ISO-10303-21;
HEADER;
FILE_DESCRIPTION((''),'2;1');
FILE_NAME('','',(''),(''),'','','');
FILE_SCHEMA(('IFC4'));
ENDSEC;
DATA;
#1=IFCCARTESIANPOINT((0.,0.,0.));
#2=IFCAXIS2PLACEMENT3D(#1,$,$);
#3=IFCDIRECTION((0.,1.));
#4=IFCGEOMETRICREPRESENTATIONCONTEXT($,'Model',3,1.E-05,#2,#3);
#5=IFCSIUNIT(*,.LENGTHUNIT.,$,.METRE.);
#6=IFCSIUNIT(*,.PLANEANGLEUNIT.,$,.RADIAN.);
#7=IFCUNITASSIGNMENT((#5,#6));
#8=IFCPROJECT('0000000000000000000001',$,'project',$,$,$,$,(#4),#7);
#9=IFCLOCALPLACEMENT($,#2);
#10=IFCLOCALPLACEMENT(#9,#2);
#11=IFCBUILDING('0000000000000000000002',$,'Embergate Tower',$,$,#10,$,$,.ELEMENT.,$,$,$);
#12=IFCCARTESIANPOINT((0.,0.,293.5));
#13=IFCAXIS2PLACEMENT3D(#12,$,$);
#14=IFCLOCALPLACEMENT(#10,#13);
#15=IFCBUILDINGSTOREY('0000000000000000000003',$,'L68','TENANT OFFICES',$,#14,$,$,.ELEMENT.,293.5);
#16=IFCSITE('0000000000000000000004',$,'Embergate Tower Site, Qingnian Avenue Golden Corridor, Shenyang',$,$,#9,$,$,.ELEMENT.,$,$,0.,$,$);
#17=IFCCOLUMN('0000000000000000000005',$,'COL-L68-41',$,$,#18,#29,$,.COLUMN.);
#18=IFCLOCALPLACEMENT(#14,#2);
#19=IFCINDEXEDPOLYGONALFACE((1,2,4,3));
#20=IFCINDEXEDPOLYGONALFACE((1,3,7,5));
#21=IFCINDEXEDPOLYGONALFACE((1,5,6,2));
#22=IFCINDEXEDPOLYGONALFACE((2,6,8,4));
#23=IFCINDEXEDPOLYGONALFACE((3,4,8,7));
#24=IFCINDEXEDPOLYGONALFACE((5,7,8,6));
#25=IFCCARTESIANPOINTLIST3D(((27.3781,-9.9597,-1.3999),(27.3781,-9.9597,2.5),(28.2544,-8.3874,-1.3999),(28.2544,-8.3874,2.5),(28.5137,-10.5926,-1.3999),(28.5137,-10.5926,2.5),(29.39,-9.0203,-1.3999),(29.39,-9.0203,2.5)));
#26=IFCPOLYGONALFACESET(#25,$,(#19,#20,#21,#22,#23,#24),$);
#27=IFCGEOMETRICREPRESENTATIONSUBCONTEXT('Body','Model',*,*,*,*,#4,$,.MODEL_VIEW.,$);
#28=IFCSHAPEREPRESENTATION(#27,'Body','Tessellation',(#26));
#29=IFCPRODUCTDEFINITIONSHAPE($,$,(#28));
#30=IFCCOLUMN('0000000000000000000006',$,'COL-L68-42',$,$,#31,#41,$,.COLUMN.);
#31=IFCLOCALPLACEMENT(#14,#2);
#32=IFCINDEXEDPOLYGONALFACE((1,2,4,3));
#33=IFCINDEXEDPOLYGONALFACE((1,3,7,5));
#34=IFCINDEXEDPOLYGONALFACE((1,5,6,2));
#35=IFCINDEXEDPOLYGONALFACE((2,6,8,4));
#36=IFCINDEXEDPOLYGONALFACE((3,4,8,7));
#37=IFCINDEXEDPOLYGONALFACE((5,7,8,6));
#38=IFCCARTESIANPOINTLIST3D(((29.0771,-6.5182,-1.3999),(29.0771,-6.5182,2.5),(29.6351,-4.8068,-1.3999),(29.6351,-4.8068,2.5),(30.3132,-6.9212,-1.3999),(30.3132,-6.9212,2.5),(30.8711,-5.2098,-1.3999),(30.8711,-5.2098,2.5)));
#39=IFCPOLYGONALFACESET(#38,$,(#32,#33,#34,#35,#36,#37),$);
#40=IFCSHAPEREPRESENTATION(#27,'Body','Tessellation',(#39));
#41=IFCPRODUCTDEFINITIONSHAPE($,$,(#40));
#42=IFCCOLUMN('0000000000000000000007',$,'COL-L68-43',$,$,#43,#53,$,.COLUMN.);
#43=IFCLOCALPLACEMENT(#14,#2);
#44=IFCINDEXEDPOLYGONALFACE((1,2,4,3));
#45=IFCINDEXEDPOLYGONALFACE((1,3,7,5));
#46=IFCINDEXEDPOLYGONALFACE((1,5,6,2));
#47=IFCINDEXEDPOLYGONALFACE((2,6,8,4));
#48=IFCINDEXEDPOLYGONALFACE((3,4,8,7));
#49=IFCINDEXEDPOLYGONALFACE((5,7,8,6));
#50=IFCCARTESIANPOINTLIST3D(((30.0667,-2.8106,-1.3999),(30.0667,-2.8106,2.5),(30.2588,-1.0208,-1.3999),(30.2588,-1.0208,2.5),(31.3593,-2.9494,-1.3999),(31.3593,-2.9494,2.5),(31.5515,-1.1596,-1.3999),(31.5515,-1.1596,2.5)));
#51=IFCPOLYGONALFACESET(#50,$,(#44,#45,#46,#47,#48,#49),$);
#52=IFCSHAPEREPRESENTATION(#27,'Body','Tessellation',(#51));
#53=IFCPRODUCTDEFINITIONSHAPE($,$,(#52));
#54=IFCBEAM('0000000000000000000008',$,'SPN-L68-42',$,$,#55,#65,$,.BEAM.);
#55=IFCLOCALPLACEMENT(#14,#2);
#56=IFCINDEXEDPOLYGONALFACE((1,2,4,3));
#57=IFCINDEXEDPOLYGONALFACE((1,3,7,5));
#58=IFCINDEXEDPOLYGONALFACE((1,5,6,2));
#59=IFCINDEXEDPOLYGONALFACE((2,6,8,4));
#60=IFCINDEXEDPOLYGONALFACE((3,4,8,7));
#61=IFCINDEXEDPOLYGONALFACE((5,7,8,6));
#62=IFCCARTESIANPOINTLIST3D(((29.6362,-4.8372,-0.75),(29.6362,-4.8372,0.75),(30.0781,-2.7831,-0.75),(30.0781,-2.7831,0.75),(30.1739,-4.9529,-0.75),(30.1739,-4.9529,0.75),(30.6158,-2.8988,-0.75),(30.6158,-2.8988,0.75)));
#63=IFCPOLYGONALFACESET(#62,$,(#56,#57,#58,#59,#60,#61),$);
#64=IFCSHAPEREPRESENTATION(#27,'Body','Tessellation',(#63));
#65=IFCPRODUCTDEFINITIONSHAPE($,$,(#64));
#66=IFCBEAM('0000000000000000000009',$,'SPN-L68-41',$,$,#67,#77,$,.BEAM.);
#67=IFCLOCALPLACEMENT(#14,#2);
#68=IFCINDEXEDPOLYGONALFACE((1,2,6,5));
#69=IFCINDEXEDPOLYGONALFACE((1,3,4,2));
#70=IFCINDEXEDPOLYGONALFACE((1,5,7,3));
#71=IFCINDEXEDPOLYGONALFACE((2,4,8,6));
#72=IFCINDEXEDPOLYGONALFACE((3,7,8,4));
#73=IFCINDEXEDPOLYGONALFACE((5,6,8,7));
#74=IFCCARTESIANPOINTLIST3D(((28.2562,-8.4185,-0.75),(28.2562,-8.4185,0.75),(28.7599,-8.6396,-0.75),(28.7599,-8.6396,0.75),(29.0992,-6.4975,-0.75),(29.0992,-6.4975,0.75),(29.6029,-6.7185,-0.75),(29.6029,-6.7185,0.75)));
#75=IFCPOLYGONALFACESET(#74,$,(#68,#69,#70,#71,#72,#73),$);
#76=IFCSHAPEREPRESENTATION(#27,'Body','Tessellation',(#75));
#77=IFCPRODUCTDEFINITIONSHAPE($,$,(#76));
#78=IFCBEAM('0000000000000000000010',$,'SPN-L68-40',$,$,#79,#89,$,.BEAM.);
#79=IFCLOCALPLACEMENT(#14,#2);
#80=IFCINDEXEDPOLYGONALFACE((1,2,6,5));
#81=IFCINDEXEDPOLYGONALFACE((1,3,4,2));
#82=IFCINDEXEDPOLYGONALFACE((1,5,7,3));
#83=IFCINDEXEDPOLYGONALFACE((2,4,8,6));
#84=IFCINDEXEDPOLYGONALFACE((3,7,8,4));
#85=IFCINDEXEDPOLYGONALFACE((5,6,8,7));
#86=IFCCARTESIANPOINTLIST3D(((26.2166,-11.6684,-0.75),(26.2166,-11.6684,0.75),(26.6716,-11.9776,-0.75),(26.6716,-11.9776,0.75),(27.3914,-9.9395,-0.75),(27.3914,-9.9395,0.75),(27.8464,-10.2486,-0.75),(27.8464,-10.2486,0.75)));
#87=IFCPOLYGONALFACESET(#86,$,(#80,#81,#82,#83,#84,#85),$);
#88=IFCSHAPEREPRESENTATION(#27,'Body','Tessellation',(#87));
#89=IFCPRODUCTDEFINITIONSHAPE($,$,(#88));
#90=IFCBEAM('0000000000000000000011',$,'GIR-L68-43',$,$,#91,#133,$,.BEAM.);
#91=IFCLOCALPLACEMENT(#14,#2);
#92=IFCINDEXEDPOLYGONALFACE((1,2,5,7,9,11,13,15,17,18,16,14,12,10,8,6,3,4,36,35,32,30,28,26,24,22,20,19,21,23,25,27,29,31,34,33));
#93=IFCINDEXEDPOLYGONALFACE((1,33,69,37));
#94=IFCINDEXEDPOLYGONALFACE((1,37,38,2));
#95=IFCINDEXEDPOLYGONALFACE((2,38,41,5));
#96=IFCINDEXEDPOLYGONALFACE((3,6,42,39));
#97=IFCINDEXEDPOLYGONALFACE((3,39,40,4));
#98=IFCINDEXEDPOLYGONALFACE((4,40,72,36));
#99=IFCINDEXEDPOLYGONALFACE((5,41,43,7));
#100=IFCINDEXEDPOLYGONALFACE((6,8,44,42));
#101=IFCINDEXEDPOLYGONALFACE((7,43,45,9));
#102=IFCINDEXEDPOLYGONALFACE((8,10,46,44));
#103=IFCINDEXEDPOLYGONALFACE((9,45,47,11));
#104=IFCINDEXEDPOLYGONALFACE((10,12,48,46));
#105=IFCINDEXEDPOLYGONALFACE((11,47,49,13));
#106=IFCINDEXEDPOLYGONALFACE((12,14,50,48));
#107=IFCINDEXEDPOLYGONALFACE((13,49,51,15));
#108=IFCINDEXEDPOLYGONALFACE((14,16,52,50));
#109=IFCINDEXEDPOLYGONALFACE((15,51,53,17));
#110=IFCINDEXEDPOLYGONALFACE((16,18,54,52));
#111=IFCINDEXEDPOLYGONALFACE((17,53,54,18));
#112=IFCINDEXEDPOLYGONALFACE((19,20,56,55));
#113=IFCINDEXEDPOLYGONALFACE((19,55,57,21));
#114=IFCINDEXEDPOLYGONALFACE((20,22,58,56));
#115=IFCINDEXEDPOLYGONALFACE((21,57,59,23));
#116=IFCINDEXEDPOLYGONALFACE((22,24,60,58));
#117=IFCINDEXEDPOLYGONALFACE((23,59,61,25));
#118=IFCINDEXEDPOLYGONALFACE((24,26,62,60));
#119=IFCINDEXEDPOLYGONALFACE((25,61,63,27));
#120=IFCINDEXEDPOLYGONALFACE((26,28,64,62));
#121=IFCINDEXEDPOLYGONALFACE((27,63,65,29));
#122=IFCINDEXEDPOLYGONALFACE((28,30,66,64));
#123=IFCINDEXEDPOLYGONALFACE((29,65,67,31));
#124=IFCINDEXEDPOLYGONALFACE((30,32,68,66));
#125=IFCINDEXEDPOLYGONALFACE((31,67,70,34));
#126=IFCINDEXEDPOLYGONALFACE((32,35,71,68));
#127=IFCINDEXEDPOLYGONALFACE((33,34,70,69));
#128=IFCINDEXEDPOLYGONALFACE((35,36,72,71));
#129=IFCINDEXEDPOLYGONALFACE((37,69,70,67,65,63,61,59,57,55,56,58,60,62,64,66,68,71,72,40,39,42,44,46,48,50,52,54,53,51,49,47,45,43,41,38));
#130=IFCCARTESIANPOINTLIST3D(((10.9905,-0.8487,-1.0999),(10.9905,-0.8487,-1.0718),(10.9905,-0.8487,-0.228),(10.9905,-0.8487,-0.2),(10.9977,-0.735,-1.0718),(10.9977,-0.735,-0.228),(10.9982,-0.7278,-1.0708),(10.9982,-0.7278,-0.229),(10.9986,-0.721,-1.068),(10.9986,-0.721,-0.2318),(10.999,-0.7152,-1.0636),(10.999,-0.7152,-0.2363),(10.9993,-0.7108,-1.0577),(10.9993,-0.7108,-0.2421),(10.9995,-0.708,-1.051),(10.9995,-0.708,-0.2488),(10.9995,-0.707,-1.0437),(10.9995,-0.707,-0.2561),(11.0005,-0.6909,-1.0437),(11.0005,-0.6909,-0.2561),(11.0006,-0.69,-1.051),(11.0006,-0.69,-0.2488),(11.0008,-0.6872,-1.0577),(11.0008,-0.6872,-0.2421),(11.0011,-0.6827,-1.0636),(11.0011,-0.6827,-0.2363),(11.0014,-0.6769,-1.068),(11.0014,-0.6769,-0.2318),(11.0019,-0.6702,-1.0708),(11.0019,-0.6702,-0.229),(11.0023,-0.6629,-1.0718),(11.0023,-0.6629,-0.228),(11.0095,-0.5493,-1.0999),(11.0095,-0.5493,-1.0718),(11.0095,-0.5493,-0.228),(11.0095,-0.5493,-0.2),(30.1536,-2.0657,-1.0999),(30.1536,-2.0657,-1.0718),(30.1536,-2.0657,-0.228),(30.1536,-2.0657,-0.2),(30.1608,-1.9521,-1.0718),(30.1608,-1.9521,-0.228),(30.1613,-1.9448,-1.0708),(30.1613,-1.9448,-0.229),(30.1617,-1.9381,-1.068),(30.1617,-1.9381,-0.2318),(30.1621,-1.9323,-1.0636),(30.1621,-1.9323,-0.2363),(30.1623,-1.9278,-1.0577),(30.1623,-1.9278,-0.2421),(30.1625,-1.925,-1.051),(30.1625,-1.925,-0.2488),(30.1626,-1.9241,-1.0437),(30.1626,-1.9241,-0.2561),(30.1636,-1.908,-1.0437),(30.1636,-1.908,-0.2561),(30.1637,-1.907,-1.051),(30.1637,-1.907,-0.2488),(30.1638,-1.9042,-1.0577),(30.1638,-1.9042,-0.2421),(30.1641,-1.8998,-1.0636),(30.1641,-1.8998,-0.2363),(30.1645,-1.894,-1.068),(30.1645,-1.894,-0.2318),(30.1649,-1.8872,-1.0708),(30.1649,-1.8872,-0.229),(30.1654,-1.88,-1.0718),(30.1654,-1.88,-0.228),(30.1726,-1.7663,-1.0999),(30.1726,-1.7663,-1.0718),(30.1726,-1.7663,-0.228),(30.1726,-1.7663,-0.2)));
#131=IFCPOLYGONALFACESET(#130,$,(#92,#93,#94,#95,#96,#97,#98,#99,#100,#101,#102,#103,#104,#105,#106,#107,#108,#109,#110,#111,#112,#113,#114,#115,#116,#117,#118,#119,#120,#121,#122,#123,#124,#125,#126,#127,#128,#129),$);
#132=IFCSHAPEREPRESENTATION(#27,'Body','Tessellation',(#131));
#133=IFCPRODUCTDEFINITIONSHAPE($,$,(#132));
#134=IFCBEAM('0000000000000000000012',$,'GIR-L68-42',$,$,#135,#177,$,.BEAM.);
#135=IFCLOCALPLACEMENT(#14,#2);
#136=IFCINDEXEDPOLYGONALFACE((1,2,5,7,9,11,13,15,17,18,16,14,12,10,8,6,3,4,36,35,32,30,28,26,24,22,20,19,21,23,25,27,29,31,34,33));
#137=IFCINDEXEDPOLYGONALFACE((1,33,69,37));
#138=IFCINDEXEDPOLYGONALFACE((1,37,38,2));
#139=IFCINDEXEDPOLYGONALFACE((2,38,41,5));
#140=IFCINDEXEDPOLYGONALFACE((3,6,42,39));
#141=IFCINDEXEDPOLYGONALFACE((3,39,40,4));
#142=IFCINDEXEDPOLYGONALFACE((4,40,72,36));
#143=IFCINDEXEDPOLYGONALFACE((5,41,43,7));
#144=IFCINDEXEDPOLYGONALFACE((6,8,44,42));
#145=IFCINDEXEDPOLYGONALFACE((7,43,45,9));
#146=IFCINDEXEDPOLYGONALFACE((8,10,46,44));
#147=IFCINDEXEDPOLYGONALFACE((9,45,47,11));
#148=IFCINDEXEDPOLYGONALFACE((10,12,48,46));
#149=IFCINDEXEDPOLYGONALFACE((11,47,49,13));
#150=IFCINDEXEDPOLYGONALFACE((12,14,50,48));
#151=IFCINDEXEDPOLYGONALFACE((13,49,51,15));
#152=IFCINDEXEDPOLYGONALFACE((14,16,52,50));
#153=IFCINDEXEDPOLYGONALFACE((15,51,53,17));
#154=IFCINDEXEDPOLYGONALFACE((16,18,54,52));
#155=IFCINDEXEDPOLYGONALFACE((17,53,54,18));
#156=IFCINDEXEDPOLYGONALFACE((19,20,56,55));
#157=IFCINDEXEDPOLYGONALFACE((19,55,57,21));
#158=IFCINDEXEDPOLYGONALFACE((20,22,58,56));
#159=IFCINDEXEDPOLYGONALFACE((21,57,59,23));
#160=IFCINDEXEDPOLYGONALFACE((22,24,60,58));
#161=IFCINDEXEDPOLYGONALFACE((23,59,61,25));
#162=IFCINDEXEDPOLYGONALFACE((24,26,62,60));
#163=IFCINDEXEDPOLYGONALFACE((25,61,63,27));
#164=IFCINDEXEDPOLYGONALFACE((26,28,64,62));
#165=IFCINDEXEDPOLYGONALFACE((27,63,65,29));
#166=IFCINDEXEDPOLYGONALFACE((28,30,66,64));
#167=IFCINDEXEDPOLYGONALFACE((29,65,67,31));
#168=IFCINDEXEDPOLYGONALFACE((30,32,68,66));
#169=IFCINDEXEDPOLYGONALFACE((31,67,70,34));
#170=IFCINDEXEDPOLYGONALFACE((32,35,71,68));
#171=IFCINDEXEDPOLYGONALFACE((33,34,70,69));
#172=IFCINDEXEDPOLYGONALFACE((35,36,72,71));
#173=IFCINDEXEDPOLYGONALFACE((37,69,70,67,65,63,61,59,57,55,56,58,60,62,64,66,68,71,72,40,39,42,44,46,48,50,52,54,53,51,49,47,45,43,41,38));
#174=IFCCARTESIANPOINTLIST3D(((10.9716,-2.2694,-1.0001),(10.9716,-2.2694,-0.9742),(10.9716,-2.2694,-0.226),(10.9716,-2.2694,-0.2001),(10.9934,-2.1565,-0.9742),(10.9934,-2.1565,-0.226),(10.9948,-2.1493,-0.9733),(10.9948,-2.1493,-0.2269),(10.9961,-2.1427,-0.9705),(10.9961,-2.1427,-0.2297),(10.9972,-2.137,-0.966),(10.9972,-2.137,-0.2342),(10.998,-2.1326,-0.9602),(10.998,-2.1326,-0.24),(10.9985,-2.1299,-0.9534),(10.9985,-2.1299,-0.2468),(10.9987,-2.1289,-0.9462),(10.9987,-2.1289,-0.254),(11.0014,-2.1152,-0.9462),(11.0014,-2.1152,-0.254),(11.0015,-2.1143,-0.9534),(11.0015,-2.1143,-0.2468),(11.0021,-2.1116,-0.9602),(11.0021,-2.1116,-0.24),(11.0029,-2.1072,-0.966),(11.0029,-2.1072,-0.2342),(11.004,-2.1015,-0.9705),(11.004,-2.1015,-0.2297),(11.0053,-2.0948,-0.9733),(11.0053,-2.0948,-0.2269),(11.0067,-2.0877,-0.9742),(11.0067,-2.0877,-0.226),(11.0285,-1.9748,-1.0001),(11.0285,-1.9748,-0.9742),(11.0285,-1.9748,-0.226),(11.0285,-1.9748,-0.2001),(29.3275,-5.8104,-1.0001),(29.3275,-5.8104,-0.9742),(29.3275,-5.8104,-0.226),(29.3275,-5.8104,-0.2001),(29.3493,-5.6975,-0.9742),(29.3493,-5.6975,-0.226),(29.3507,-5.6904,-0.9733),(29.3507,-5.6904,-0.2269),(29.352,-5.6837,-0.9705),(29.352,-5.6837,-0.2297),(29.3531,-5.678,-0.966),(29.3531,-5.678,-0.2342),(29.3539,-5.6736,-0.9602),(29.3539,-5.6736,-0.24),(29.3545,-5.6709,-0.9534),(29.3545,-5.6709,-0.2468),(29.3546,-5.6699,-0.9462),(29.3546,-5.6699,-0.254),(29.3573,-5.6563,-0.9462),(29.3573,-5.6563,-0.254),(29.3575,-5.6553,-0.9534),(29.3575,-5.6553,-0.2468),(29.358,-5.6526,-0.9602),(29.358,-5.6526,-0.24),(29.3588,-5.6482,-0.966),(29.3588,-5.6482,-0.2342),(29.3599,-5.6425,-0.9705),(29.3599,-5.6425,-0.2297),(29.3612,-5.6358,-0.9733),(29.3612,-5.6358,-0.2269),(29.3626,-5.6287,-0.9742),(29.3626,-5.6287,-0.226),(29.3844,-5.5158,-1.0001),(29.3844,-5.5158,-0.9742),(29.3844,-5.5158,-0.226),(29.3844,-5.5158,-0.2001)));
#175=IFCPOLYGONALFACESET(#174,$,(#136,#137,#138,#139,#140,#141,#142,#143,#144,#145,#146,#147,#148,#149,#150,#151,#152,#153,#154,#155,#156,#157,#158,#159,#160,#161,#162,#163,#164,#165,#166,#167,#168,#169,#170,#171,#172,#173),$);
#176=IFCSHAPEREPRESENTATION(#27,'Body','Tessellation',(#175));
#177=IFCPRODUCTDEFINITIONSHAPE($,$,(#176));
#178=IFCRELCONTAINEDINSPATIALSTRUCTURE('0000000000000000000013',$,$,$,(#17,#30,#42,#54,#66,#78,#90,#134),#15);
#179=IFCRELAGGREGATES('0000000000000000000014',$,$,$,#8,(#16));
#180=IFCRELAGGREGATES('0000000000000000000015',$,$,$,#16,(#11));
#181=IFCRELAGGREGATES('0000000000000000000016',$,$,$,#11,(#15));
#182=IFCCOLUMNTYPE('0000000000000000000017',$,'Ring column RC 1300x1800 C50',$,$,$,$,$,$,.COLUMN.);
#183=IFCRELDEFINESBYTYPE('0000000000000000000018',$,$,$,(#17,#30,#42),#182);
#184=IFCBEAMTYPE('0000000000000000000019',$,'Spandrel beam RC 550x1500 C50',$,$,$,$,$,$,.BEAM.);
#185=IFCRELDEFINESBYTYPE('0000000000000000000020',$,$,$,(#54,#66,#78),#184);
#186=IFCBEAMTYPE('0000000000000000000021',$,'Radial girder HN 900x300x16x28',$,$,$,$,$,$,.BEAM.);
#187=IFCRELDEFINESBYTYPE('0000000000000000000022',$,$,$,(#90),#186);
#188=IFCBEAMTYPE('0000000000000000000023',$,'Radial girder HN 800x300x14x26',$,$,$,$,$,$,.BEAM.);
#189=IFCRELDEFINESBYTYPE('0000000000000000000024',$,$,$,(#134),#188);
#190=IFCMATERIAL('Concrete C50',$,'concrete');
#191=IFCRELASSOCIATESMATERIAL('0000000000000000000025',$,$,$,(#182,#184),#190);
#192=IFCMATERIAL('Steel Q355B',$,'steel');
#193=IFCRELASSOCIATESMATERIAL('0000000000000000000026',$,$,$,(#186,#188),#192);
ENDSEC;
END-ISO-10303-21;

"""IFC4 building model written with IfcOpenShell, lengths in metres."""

from ifc_helpers import new_model, si_unit, direction, frame, origin, origin_2d, place, context, subcontext, project, spatial, rectangle, i_section, extrude, source, transform, mapped, material, material_profile, profile_set, type_object, element, save


model = new_model("IFC4")

# Units and contexts
model_context = context("Model", 3, precision=1e-05, world=origin(), true_north=direction((0.0, 1.0)))
body_context = subcontext(model_context, "Body", "Model", "MODEL_VIEW")
ifc_project = project(units=[si_unit("LENGTHUNIT", "METRE"), si_unit("PLANEANGLEUNIT", "RADIAN")], contexts=[model_context])

# Site, building, storey
site_placement = place(None, origin())
site = spatial("IfcSite", under=ifc_project, at=site_placement, Name="Embergate Tower Site, Qingnian Avenue Golden Corridor, Shenyang", CompositionType="ELEMENT", RefElevation=0.0)
building_placement = place(site_placement, origin())
building = spatial("IfcBuilding", under=site, at=building_placement, Name="Embergate Tower", CompositionType="ELEMENT")
storey_placement = place(building_placement, frame((0.0, 0.0, 293.5)))
storey = spatial("IfcBuildingStorey", under=building, at=storey_placement, Name="L68", Description="TENANT OFFICES", CompositionType="ELEMENT", Elevation=293.5)

# Columns
ifc_material_1 = material(Name="Concrete C50", Category="concrete")
ifc_material_profile_1 = material_profile(ifc_material_1, rectangle(XDim=1.3, YDim=1.8, at=origin_2d()), Name="RC 1300x1800")
ifc_profile_set_1 = profile_set([ifc_material_profile_1], Name="Concrete C50")
column_type = type_object("IfcColumnType", Name="Ring column RC 1300x1800 C50", PredefinedType="COLUMN", material=ifc_profile_set_1)
shared_shape_1 = source(origin(), body_context, "Body", "SweptSolid", [
    extrude(rectangle(XDim=1.3, YDim=1.8, at=origin_2d()), origin(), (0.0, 0.0, 1.0), 3.8999),
])
for number, where, z_axis, x_axis, name in (
    (1, (28.384, -9.49, -1.3999), (0.0, 0.0, 1.0), (0.8735, -0.486823, 0.0), "COL-L68-41"),
    (2, (29.9741, -5.864, -1.3999), (0.0, 0.0, 1.0), (0.950754, -0.309946, 0.0), "COL-L68-42"),
    (3, (30.8091, -1.9851, -1.3999), (0.0, 0.0, 1.0), (0.994286, -0.10675, 0.0), "COL-L68-43"),
):
    element("IfcColumn", number, at=place(storey_placement, frame(where, z_axis=z_axis, x_axis=x_axis)), inside=storey, type_object=column_type, Name=name, PredefinedType="COLUMN", context=body_context, shape_type="MappedRepresentation", body=[
        mapped(shared_shape_1, transform((0.0, 0.0, 0.0))),
    ])

# Beams
ifc_material_profile_2 = material_profile(ifc_material_1, rectangle(XDim=0.55, YDim=1.5, at=origin_2d()), Name="RC 550x1500")
ifc_profile_set_2 = profile_set([ifc_material_profile_2], Name="Concrete C50")
beam_type_1 = type_object("IfcBeamType", Name="Spandrel beam RC 550x1500 C50", PredefinedType="BEAM", material=ifc_profile_set_2)
shared_shape_2 = source(origin(), body_context, "Body", "SweptSolid", [
    extrude(rectangle(XDim=0.55, YDim=1.5, at=origin_2d()), origin(), (0.0, 0.0, 1.0), 2.1011),
])
beam_1_placement = place(storey_placement, frame((29.905, -4.895, 0.0), z_axis=(0.210331, 0.97763, 0.0), x_axis=(-0.97763, 0.210331, 0.0)))
element("IfcBeam", 4, at=beam_1_placement, inside=storey, type_object=beam_type_1, Name="SPN-L68-42", PredefinedType="BEAM", context=body_context, shape_type="MappedRepresentation", body=[
    mapped(shared_shape_2, transform((0.0, 0.0, 0.0))),
])
shared_shape_3 = source(origin(), body_context, "Body", "SweptSolid", [
    extrude(rectangle(XDim=0.55, YDim=1.5, at=origin_2d()), origin(), (0.0, 0.0, 1.0), 2.0979),
])
beam_2_placement = place(storey_placement, frame((28.5081, -8.5291, 0.0), z_axis=(0.401826, 0.915716, 0.0), x_axis=(-0.915716, 0.401826, 0.0)))
element("IfcBeam", 5, at=beam_2_placement, inside=storey, type_object=beam_type_1, Name="SPN-L68-41", PredefinedType="BEAM", context=body_context, shape_type="MappedRepresentation", body=[
    mapped(shared_shape_3, transform((0.0, 0.0, 0.0))),
])
shared_shape_4 = source(origin(), body_context, "Body", "SweptSolid", [
    extrude(rectangle(XDim=0.55, YDim=1.5, at=origin_2d()), origin(), (0.0, 0.0, 1.0), 2.0903),
])
beam_3_placement = place(storey_placement, frame((26.4441, -11.823, 0.0), z_axis=(0.56201, 0.827131, 0.0), x_axis=(-0.827131, 0.56201, 0.0)))
element("IfcBeam", 6, at=beam_3_placement, inside=storey, type_object=beam_type_1, Name="SPN-L68-40", PredefinedType="BEAM", context=body_context, shape_type="MappedRepresentation", body=[
    mapped(shared_shape_4, transform((0.0, 0.0, 0.0))),
])
ifc_material_2 = material(Name="Steel Q355B", Category="steel")
ifc_material_profile_3 = material_profile(ifc_material_2, i_section(OverallWidth=0.3, OverallDepth=0.8999, WebThickness=0.0161, FlangeThickness=0.0281, FilletRadius=0.0281, at=origin_2d()), Name="HN 900x300x16x28")
ifc_profile_set_3 = profile_set([ifc_material_profile_3], Name="Steel Q355 grade B")
beam_type_2 = type_object("IfcBeamType", Name="Radial girder HN 900x300x16x28", PredefinedType="BEAM", material=ifc_profile_set_3)
shared_shape_5 = source(origin(), body_context, "Body", "SweptSolid", [
    extrude(i_section(OverallWidth=0.3, OverallDepth=0.8999, WebThickness=0.0161, FlangeThickness=0.0281, FilletRadius=0.0281, at=origin_2d()), origin(), (0.0, 0.0, 1.0), 19.2017),
])
beam_4_placement = place(storey_placement, frame((30.1631, -1.916, -0.6499), z_axis=(-0.997989, 0.063382, 0.0), x_axis=(-0.063382, -0.997989, 0.0)))
element("IfcBeam", 7, at=beam_4_placement, inside=storey, type_object=beam_type_2, Name="GIR-L68-43", PredefinedType="BEAM", context=body_context, shape_type="MappedRepresentation", body=[
    mapped(shared_shape_5, transform((0.0, 0.0, 0.0))),
])
ifc_material_profile_4 = material_profile(ifc_material_2, i_section(OverallWidth=0.3, OverallDepth=0.8, WebThickness=0.0139, FlangeThickness=0.0259, FilletRadius=0.0281, at=origin_2d()), Name="HN 800x300x14x26")
ifc_profile_set_4 = profile_set([ifc_material_profile_4], Name="Steel Q355 grade B")
beam_type_3 = type_object("IfcBeamType", Name="Radial girder HN 800x300x14x26", PredefinedType="BEAM", material=ifc_profile_set_4)
shared_shape_6 = source(origin(), body_context, "Body", "SweptSolid", [
    extrude(i_section(OverallWidth=0.3, OverallDepth=0.8, WebThickness=0.0139, FlangeThickness=0.0259, FilletRadius=0.0281, at=origin_2d()), origin(), (0.0, 0.0, 1.0), 18.6943),
])
beam_5_placement = place(storey_placement, frame((29.356, -5.6631, -0.6001), z_axis=(-0.981897, 0.189416, 0.0), x_axis=(-0.189416, -0.981897, 0.0)))
element("IfcBeam", 8, at=beam_5_placement, inside=storey, type_object=beam_type_3, Name="GIR-L68-42", PredefinedType="BEAM", context=body_context, shape_type="MappedRepresentation", body=[
    mapped(shared_shape_6, transform((0.0, 0.0, 0.0))),
])

save(model, "model.ifc")
